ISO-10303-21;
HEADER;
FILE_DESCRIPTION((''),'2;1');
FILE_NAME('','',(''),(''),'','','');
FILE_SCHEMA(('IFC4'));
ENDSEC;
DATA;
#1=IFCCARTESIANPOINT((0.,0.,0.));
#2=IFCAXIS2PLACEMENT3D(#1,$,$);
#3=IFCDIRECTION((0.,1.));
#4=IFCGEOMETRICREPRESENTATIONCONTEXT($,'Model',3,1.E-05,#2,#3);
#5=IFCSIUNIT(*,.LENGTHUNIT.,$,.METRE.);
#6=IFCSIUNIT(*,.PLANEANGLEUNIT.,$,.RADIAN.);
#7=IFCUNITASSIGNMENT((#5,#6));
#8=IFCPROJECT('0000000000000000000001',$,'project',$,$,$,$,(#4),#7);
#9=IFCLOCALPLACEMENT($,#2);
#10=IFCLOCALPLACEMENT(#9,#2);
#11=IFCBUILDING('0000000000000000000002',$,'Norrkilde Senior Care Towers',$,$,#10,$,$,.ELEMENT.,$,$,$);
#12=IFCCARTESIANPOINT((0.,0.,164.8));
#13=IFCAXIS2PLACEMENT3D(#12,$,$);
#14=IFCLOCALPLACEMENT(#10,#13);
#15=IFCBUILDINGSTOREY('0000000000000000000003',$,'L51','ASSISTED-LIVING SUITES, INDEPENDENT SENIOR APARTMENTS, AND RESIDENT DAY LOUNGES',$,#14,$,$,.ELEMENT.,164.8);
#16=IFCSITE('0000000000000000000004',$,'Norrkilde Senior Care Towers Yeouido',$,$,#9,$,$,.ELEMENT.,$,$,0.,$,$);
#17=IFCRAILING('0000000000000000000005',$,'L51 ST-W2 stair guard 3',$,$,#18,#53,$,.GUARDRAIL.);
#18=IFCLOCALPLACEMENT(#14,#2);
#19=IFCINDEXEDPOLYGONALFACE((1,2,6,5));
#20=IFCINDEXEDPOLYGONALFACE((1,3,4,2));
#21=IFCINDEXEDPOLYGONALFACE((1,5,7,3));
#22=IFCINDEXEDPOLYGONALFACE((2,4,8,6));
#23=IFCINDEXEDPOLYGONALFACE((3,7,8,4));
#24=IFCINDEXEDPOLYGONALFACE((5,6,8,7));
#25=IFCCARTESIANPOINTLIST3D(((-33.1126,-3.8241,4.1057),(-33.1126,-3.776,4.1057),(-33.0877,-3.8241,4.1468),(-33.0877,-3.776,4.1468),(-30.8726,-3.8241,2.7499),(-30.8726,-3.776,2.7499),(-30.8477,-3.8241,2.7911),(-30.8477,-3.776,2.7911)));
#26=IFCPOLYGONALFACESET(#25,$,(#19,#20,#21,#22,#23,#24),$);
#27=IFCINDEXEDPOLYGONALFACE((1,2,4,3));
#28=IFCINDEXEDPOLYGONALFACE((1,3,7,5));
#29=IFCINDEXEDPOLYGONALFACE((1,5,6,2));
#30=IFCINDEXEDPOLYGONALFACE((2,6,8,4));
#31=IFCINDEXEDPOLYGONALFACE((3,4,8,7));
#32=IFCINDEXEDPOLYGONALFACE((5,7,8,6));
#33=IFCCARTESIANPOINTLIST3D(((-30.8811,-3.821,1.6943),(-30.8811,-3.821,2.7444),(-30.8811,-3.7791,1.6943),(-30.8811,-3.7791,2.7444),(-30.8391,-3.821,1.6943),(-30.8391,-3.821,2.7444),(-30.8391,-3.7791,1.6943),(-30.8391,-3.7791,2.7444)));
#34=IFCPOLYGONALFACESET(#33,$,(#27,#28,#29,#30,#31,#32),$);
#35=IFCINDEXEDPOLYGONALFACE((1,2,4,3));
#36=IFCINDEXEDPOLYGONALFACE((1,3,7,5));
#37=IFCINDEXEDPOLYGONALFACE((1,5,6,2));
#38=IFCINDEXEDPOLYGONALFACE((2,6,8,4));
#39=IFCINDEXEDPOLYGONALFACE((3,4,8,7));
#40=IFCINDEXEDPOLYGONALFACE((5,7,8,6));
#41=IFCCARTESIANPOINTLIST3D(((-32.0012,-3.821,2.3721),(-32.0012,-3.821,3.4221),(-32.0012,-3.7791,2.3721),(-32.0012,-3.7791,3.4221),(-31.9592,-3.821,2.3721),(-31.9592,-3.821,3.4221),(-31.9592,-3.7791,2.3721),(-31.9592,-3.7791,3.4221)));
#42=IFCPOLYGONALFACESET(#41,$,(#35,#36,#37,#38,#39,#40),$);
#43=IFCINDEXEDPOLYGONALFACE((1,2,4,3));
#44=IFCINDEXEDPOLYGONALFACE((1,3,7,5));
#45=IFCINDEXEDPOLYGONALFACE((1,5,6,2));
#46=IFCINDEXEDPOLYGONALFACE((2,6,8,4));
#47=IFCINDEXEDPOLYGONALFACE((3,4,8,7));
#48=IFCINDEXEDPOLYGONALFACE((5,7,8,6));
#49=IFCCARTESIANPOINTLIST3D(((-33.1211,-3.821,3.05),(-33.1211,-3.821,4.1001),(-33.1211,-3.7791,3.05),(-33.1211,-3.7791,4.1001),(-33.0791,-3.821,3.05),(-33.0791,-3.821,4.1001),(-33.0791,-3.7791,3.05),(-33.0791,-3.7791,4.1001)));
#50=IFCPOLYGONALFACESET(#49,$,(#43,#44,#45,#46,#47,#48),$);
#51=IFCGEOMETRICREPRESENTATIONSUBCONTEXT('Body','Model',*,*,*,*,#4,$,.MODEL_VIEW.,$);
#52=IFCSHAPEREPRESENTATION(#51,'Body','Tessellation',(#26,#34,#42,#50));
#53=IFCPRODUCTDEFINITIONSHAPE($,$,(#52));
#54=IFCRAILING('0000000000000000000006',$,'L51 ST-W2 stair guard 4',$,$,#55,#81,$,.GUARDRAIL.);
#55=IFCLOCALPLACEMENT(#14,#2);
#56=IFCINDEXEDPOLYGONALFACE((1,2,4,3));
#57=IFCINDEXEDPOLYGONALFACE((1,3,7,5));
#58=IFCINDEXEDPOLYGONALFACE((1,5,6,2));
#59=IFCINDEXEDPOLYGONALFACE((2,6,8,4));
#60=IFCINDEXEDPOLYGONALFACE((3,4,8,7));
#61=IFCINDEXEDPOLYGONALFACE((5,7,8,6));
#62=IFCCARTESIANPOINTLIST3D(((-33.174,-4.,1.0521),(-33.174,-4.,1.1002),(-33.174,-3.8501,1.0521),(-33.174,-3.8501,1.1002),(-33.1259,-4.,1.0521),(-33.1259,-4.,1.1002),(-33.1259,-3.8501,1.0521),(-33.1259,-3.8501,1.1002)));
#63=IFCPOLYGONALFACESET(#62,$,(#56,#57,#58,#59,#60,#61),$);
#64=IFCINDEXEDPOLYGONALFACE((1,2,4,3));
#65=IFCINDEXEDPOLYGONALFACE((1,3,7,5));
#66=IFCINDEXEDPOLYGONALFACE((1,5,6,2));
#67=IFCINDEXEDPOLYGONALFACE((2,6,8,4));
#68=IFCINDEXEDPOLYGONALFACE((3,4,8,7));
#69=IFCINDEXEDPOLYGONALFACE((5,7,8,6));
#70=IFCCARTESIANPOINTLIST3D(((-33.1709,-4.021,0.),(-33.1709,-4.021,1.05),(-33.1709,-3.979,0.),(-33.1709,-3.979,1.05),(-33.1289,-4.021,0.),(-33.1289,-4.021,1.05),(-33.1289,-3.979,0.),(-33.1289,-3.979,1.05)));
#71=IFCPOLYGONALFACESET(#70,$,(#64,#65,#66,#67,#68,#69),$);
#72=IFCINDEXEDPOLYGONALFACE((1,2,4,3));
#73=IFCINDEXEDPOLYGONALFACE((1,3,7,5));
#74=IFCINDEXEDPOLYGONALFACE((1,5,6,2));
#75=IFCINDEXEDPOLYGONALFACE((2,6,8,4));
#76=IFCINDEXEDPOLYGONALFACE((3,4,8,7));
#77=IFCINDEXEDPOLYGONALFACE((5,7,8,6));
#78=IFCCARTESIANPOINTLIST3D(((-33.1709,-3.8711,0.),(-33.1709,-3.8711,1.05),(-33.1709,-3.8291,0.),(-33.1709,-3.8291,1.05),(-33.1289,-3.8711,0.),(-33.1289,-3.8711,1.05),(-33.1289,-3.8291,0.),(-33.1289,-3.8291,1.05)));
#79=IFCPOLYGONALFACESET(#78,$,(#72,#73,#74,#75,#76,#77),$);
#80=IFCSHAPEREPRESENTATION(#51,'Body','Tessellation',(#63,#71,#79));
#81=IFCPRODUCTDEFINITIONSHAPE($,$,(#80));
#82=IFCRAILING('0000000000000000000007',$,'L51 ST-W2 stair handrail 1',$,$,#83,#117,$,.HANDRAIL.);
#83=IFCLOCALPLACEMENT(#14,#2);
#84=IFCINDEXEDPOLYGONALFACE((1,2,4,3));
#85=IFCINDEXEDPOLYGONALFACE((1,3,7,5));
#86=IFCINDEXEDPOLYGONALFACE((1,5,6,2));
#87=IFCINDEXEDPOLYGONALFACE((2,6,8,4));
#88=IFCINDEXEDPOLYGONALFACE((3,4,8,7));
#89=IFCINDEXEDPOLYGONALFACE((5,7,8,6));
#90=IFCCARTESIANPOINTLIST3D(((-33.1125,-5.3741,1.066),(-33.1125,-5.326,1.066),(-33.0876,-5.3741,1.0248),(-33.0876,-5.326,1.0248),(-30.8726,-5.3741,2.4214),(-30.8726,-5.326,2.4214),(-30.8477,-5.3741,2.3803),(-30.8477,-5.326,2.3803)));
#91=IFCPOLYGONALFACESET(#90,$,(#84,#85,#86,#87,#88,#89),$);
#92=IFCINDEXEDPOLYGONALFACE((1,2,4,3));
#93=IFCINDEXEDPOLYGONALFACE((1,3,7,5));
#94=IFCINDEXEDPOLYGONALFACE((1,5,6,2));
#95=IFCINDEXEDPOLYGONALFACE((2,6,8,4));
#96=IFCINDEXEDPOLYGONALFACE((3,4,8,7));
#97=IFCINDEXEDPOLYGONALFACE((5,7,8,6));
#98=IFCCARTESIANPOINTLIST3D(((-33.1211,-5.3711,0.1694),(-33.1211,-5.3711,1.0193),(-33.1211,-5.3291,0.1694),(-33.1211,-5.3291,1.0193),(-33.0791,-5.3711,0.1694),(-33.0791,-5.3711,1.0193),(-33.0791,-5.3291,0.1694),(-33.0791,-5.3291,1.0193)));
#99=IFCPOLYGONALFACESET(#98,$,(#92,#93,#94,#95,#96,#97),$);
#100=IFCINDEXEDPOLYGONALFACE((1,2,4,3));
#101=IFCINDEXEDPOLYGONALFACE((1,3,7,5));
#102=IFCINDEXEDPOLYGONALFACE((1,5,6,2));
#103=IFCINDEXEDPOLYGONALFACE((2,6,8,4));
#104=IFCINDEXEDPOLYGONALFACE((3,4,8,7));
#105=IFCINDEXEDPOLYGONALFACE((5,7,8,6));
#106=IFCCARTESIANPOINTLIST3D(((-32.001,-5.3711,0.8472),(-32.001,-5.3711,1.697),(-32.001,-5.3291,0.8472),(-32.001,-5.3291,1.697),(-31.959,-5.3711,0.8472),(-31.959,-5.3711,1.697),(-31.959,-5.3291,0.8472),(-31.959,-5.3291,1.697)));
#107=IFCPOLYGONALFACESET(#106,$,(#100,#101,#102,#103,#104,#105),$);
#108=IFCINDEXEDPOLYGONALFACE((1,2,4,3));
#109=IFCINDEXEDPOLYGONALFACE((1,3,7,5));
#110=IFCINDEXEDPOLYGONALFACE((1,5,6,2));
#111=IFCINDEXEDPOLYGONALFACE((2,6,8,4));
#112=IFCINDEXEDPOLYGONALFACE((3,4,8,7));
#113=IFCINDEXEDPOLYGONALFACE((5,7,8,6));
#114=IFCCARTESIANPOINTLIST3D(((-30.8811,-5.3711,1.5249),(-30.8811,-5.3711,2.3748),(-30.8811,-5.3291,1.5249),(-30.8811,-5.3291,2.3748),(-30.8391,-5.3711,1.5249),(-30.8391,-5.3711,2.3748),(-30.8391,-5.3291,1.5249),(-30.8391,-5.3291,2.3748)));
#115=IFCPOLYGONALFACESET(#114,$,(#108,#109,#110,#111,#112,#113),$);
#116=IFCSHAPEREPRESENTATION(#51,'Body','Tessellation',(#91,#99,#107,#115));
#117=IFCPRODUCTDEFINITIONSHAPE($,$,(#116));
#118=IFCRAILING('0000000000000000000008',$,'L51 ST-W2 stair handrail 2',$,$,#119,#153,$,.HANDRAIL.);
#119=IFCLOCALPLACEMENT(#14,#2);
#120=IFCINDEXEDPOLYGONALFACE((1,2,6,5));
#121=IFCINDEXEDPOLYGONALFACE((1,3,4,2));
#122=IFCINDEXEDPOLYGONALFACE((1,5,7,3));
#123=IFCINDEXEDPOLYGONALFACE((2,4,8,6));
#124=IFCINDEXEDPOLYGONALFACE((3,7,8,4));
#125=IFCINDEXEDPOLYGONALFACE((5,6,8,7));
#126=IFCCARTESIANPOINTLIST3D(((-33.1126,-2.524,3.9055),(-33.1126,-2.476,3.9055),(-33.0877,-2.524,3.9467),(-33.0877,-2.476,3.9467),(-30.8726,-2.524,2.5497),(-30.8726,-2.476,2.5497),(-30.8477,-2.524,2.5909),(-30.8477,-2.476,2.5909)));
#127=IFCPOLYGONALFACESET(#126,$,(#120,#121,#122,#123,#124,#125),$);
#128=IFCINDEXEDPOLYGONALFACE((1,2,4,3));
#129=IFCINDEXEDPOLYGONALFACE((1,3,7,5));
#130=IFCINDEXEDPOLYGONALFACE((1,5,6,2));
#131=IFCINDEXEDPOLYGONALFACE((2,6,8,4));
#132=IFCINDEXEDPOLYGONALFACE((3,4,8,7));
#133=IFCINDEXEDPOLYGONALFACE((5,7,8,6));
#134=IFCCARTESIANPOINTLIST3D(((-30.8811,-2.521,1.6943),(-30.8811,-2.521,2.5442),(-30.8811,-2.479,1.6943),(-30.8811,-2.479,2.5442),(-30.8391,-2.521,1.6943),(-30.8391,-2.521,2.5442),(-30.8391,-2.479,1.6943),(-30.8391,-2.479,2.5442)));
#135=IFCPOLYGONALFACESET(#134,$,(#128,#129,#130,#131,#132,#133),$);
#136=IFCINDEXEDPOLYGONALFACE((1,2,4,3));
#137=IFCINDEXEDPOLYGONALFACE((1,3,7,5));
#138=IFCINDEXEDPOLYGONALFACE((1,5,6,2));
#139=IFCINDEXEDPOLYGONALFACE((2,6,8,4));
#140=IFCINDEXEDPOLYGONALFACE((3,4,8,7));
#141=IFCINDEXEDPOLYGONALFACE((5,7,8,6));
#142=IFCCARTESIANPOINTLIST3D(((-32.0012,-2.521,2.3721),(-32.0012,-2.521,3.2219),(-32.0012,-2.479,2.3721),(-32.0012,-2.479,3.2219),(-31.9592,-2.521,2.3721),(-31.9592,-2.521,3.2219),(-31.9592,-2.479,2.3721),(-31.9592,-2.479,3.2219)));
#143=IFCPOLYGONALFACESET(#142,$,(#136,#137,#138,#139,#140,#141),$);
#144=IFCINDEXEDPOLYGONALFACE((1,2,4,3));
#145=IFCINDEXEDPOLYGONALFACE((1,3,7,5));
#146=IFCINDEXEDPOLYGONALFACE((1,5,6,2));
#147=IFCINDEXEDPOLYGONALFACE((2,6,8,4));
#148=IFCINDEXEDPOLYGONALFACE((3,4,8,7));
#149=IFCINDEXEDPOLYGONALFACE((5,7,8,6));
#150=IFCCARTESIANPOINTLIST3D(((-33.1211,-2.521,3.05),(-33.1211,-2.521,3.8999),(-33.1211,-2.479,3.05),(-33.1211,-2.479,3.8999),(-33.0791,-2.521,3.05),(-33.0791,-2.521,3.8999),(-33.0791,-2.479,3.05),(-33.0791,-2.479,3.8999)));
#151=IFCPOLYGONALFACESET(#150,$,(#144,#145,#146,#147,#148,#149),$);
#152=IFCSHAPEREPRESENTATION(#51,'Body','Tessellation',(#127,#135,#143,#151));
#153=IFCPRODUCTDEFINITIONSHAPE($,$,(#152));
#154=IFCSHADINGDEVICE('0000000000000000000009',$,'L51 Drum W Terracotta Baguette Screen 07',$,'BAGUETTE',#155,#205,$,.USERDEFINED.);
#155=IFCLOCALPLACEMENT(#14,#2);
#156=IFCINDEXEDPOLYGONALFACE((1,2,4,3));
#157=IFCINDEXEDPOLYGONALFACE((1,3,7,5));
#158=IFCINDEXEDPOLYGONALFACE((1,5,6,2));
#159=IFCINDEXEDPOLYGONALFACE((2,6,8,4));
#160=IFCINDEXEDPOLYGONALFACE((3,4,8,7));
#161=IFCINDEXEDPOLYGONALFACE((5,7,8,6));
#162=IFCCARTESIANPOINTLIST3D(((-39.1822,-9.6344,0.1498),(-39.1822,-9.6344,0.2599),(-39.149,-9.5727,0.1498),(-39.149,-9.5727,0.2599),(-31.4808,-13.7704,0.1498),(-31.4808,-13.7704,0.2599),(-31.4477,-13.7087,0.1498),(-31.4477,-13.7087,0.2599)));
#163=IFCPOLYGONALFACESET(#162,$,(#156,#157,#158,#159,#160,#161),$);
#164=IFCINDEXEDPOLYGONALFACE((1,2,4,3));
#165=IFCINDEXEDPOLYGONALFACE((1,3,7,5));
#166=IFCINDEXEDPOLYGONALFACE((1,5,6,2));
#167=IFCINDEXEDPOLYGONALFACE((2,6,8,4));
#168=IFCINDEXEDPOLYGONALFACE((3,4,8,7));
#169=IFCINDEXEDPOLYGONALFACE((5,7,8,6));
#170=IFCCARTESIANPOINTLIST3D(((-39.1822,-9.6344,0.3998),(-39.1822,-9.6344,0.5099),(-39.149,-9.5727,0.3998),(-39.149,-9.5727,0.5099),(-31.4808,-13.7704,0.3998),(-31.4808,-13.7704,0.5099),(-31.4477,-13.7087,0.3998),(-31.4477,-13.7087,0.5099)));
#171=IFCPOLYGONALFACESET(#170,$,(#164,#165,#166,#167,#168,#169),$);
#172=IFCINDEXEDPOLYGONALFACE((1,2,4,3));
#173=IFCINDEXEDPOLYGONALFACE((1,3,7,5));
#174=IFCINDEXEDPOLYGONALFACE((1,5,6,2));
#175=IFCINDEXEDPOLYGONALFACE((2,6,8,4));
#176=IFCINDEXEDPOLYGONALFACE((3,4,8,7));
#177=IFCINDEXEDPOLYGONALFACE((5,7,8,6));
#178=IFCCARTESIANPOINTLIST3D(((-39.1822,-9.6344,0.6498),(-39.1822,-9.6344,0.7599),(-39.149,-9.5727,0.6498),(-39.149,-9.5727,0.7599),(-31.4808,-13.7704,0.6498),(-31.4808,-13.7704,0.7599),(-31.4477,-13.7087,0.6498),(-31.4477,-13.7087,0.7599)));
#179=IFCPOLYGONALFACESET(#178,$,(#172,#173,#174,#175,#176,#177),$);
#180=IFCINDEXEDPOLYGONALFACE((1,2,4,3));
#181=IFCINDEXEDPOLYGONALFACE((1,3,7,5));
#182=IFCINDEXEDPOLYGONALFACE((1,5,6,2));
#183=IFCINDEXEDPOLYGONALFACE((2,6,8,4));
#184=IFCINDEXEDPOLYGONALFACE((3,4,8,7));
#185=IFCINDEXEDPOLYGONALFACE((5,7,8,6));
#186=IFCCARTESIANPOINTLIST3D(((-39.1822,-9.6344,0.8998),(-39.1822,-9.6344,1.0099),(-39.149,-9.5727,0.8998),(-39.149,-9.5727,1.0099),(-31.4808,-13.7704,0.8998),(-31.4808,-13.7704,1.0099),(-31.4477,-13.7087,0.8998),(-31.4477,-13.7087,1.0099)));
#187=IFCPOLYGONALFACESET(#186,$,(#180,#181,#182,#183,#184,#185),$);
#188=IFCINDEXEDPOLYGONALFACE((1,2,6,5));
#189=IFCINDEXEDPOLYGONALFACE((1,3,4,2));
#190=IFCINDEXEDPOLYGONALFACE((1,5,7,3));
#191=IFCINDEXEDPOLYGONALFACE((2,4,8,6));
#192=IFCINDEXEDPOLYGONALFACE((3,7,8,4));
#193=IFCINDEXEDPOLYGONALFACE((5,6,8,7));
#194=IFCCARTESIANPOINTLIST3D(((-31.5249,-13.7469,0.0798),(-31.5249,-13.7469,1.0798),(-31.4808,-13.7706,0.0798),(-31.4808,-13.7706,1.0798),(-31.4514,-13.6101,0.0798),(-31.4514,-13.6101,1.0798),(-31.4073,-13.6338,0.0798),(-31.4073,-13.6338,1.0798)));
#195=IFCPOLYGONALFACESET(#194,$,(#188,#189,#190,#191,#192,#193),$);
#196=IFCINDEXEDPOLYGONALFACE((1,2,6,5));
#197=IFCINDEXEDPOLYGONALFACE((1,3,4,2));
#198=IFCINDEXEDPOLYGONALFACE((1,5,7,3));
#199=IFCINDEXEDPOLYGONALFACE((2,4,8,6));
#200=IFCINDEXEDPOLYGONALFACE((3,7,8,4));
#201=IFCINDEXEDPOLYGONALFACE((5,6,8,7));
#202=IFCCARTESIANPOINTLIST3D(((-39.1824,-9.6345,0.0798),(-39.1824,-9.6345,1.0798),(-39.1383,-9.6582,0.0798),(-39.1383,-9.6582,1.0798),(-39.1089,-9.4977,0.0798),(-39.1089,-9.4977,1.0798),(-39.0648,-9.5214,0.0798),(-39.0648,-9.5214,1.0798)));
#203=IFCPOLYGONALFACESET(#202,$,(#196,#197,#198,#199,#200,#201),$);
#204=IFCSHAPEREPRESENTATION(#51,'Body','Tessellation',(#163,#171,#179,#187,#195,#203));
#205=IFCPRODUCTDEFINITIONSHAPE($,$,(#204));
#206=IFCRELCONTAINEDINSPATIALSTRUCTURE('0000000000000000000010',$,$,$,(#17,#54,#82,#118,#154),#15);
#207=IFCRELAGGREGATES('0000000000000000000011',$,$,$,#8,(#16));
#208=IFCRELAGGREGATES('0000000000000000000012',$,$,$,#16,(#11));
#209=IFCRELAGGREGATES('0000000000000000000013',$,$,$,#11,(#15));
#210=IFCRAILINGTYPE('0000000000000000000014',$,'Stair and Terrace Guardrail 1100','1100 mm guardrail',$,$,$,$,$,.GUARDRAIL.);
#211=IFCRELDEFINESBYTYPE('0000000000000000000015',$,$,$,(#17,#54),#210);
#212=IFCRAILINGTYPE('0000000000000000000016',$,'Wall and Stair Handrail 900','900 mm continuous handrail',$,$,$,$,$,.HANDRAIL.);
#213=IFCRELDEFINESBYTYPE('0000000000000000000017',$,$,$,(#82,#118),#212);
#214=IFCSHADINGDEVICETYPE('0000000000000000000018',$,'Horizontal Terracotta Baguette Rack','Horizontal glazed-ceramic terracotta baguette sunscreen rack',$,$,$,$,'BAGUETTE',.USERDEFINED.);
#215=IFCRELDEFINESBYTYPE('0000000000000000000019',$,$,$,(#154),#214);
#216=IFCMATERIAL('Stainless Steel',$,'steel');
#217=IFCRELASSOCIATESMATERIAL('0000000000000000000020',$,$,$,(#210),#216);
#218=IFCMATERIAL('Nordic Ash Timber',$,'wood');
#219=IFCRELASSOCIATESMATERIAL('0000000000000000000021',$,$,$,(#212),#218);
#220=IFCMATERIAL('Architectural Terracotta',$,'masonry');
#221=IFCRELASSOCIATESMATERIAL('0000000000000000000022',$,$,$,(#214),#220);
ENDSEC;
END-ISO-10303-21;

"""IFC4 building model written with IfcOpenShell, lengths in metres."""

from ifc_helpers import new_model, si_unit, direction, frame, origin, origin_2d, place, context, subcontext, project, spatial, rectangle, extrude, source, transform, mapped, material, type_object, type_shapes, element, save


model = new_model("IFC4")

# Units and contexts
model_context = context("Model", 3, precision=1e-05, world=origin(), true_north=direction((0.0, 1.0)))
body_context = subcontext(model_context, "Body", "Model", "MODEL_VIEW")
ifc_project = project(units=[si_unit("LENGTHUNIT", "METRE"), si_unit("PLANEANGLEUNIT", "RADIAN")], contexts=[model_context])

# Site, building, storey
site_placement = place(None, origin())
site = spatial("IfcSite", under=ifc_project, at=site_placement, Name="Norrkilde Senior Care Towers Yeouido", CompositionType="ELEMENT", RefElevation=0.0)
building_placement = place(site_placement, origin())
building = spatial("IfcBuilding", under=site, at=building_placement, Name="Norrkilde Senior Care Towers", CompositionType="ELEMENT")
storey_placement = place(building_placement, frame((0.0, 0.0, 164.8)))
storey = spatial("IfcBuildingStorey", under=building, at=storey_placement, Name="L51", Description="ASSISTED-LIVING SUITES, INDEPENDENT SENIOR APARTMENTS, AND RESIDENT DAY LOUNGES", CompositionType="ELEMENT", Elevation=164.8)

# Railings
ifc_material_1 = material(Name="Stainless Steel", Category="steel")
railing_type_1 = type_object("IfcRailingType", Name="Stair and Terrace Guardrail 1100", Description="1100 mm guardrail", PredefinedType="GUARDRAIL", material=ifc_material_1)
railing_1_placement = place(storey_placement, frame((-30.8601, -3.8, 1.6943)))
element("IfcRailing", 1, at=railing_1_placement, inside=storey, type_object=railing_type_1, Name="L51 ST-W2 stair guard 3", PredefinedType="GUARDRAIL", context=body_context, shape_type="SweptSolid", body=[
    extrude(rectangle(XDim=0.0481, YDim=0.0481, at=origin_2d()), frame((0.0, 0.0, 1.0762), z_axis=(-0.855512, 0.0, 0.517783), x_axis=(0.0, -1.0, 0.0)), (0.0, 0.0, 1.0), 2.6184),
    extrude(rectangle(XDim=0.042, YDim=0.042, at=origin_2d()), origin(), (0.0, 0.0, 1.0), 1.05),
    extrude(rectangle(XDim=0.042, YDim=0.042, at=origin_2d()), frame((-1.1201, 0.0, 0.6777)), (0.0, 0.0, 1.0), 1.05),
    extrude(rectangle(XDim=0.042, YDim=0.042, at=origin_2d()), frame((-2.24, 0.0, 1.3557)), (0.0, 0.0, 1.0), 1.05),
])
railing_2_placement = place(storey_placement, frame((-33.1499, -4.0, 0.0)))
element("IfcRailing", 2, at=railing_2_placement, inside=storey, type_object=railing_type_1, Name="L51 ST-W2 stair guard 4", PredefinedType="GUARDRAIL", context=body_context, shape_type="SweptSolid", body=[
    extrude(rectangle(XDim=0.0481, YDim=0.0481, at=origin_2d()), frame((0.0, 0.0, 1.0762), z_axis=(0.0, 1.0, 0.0), x_axis=(-1.0, 0.0, 0.0)), (0.0, 0.0, 1.0), 0.1499),
    extrude(rectangle(XDim=0.042, YDim=0.042, at=origin_2d()), origin(), (0.0, 0.0, 1.0), 1.05),
    extrude(rectangle(XDim=0.042, YDim=0.042, at=origin_2d()), frame((0.0, 0.1499, 0.0)), (0.0, 0.0, 1.0), 1.05),
])
ifc_material_2 = material(Name="Nordic Ash Timber", Category="wood")
railing_type_2 = type_object("IfcRailingType", Name="Wall and Stair Handrail 900", Description="900 mm continuous handrail", PredefinedType="HANDRAIL", material=ifc_material_2)
railing_3_placement = place(storey_placement, frame((-33.1001, -5.3501, 0.1694)))
element("IfcRailing", 3, at=railing_3_placement, inside=storey, type_object=railing_type_2, Name="L51 ST-W2 stair handrail 1", PredefinedType="HANDRAIL", context=body_context, shape_type="SweptSolid", body=[
    extrude(rectangle(XDim=0.0481, YDim=0.0481, at=origin_2d()), frame((0.0, 0.0, 0.876), z_axis=(0.855553, 0.0, 0.517715), x_axis=(0.0, 1.0, 0.0)), (0.0, 0.0, 1.0), 2.6182),
    extrude(rectangle(XDim=0.042, YDim=0.042, at=origin_2d()), origin(), (0.0, 0.0, 1.0), 0.8499),
    extrude(rectangle(XDim=0.042, YDim=0.042, at=origin_2d()), frame((1.1201, 0.0, 0.6777)), (0.0, 0.0, 1.0), 0.8499),
    extrude(rectangle(XDim=0.042, YDim=0.042, at=origin_2d()), frame((2.24, 0.0, 1.3555)), (0.0, 0.0, 1.0), 0.8499),
])
railing_4_placement = place(storey_placement, frame((-30.8601, -2.5, 1.6943)))
element("IfcRailing", 4, at=railing_4_placement, inside=storey, type_object=railing_type_2, Name="L51 ST-W2 stair handrail 2", PredefinedType="HANDRAIL", context=body_context, shape_type="SweptSolid", body=[
    extrude(rectangle(XDim=0.0481, YDim=0.0481, at=origin_2d()), frame((0.0, 0.0, 0.876), z_axis=(-0.855512, 0.0, 0.517783), x_axis=(0.0, -1.0, 0.0)), (0.0, 0.0, 1.0), 2.6184),
    extrude(rectangle(XDim=0.042, YDim=0.042, at=origin_2d()), origin(), (0.0, 0.0, 1.0), 0.8499),
    extrude(rectangle(XDim=0.042, YDim=0.042, at=origin_2d()), frame((-1.1201, 0.0, 0.6777)), (0.0, 0.0, 1.0), 0.8499),
    extrude(rectangle(XDim=0.042, YDim=0.042, at=origin_2d()), frame((-2.24, 0.0, 1.3557)), (0.0, 0.0, 1.0), 0.8499),
])

# Shading device
ifc_material_3 = material(Name="Architectural Terracotta", Category="masonry")
shading_device_type = type_object("IfcShadingDeviceType", Name="Horizontal Terracotta Baguette Rack", Description="Horizontal glazed-ceramic terracotta baguette sunscreen rack", ElementType="BAGUETTE", PredefinedType="USERDEFINED", material=ifc_material_3)
shared_shape_1 = source(origin(), body_context, "Body", "SweptSolid", [
    extrude(rectangle(XDim=0.0701, YDim=0.1101, at=origin_2d()), frame((0.0, 0.0901, 0.125), z_axis=(1.0, 0.0, 0.0), x_axis=(0.0, 1.0, 0.0)), (0.0, 0.0, 1.0), 8.7417),
    extrude(rectangle(XDim=0.0701, YDim=0.1101, at=origin_2d()), frame((0.0, 0.0901, 0.375), z_axis=(1.0, 0.0, 0.0), x_axis=(0.0, 1.0, 0.0)), (0.0, 0.0, 1.0), 8.7417),
    extrude(rectangle(XDim=0.0701, YDim=0.1101, at=origin_2d()), frame((0.0, 0.0901, 0.625), z_axis=(1.0, 0.0, 0.0), x_axis=(0.0, 1.0, 0.0)), (0.0, 0.0, 1.0), 8.7417),
    extrude(rectangle(XDim=0.0701, YDim=0.1101, at=origin_2d()), frame((0.0, 0.0901, 0.875), z_axis=(1.0, 0.0, 0.0), x_axis=(0.0, 1.0, 0.0)), (0.0, 0.0, 1.0), 8.7417),
    extrude(rectangle(XDim=0.05, YDim=0.1553, at=origin_2d()), frame((0.0249, 0.0476, 0.0)), (0.0, 0.0, 1.0), 1.0),
    extrude(rectangle(XDim=0.05, YDim=0.1553, at=origin_2d()), frame((8.7168, 0.0476, 0.0)), (0.0, 0.0, 1.0), 1.0),
])
type_shapes(shading_device_type, [shared_shape_1])
shading_device_placement = place(storey_placement, frame((-31.4216, -13.6602, 0.0798), z_axis=(0.0, 0.0, 1.0), x_axis=(-0.880998, 0.473133, 0.0)))
element("IfcShadingDevice", 5, at=shading_device_placement, inside=storey, type_object=shading_device_type, Name="L51 Drum W Terracotta Baguette Screen 07", ObjectType="BAGUETTE", PredefinedType="USERDEFINED", context=body_context, shape_type="MappedRepresentation", body=[
    mapped(shared_shape_1, transform((0.0, 0.0, 0.0), x_axis=(1.0, 0.0, 0.0), y_axis=(0.0, 1.0, 0.0), z_axis=(0.0, 0.0, 1.0), scale=1.0)),
])

save(model, "model.ifc")
